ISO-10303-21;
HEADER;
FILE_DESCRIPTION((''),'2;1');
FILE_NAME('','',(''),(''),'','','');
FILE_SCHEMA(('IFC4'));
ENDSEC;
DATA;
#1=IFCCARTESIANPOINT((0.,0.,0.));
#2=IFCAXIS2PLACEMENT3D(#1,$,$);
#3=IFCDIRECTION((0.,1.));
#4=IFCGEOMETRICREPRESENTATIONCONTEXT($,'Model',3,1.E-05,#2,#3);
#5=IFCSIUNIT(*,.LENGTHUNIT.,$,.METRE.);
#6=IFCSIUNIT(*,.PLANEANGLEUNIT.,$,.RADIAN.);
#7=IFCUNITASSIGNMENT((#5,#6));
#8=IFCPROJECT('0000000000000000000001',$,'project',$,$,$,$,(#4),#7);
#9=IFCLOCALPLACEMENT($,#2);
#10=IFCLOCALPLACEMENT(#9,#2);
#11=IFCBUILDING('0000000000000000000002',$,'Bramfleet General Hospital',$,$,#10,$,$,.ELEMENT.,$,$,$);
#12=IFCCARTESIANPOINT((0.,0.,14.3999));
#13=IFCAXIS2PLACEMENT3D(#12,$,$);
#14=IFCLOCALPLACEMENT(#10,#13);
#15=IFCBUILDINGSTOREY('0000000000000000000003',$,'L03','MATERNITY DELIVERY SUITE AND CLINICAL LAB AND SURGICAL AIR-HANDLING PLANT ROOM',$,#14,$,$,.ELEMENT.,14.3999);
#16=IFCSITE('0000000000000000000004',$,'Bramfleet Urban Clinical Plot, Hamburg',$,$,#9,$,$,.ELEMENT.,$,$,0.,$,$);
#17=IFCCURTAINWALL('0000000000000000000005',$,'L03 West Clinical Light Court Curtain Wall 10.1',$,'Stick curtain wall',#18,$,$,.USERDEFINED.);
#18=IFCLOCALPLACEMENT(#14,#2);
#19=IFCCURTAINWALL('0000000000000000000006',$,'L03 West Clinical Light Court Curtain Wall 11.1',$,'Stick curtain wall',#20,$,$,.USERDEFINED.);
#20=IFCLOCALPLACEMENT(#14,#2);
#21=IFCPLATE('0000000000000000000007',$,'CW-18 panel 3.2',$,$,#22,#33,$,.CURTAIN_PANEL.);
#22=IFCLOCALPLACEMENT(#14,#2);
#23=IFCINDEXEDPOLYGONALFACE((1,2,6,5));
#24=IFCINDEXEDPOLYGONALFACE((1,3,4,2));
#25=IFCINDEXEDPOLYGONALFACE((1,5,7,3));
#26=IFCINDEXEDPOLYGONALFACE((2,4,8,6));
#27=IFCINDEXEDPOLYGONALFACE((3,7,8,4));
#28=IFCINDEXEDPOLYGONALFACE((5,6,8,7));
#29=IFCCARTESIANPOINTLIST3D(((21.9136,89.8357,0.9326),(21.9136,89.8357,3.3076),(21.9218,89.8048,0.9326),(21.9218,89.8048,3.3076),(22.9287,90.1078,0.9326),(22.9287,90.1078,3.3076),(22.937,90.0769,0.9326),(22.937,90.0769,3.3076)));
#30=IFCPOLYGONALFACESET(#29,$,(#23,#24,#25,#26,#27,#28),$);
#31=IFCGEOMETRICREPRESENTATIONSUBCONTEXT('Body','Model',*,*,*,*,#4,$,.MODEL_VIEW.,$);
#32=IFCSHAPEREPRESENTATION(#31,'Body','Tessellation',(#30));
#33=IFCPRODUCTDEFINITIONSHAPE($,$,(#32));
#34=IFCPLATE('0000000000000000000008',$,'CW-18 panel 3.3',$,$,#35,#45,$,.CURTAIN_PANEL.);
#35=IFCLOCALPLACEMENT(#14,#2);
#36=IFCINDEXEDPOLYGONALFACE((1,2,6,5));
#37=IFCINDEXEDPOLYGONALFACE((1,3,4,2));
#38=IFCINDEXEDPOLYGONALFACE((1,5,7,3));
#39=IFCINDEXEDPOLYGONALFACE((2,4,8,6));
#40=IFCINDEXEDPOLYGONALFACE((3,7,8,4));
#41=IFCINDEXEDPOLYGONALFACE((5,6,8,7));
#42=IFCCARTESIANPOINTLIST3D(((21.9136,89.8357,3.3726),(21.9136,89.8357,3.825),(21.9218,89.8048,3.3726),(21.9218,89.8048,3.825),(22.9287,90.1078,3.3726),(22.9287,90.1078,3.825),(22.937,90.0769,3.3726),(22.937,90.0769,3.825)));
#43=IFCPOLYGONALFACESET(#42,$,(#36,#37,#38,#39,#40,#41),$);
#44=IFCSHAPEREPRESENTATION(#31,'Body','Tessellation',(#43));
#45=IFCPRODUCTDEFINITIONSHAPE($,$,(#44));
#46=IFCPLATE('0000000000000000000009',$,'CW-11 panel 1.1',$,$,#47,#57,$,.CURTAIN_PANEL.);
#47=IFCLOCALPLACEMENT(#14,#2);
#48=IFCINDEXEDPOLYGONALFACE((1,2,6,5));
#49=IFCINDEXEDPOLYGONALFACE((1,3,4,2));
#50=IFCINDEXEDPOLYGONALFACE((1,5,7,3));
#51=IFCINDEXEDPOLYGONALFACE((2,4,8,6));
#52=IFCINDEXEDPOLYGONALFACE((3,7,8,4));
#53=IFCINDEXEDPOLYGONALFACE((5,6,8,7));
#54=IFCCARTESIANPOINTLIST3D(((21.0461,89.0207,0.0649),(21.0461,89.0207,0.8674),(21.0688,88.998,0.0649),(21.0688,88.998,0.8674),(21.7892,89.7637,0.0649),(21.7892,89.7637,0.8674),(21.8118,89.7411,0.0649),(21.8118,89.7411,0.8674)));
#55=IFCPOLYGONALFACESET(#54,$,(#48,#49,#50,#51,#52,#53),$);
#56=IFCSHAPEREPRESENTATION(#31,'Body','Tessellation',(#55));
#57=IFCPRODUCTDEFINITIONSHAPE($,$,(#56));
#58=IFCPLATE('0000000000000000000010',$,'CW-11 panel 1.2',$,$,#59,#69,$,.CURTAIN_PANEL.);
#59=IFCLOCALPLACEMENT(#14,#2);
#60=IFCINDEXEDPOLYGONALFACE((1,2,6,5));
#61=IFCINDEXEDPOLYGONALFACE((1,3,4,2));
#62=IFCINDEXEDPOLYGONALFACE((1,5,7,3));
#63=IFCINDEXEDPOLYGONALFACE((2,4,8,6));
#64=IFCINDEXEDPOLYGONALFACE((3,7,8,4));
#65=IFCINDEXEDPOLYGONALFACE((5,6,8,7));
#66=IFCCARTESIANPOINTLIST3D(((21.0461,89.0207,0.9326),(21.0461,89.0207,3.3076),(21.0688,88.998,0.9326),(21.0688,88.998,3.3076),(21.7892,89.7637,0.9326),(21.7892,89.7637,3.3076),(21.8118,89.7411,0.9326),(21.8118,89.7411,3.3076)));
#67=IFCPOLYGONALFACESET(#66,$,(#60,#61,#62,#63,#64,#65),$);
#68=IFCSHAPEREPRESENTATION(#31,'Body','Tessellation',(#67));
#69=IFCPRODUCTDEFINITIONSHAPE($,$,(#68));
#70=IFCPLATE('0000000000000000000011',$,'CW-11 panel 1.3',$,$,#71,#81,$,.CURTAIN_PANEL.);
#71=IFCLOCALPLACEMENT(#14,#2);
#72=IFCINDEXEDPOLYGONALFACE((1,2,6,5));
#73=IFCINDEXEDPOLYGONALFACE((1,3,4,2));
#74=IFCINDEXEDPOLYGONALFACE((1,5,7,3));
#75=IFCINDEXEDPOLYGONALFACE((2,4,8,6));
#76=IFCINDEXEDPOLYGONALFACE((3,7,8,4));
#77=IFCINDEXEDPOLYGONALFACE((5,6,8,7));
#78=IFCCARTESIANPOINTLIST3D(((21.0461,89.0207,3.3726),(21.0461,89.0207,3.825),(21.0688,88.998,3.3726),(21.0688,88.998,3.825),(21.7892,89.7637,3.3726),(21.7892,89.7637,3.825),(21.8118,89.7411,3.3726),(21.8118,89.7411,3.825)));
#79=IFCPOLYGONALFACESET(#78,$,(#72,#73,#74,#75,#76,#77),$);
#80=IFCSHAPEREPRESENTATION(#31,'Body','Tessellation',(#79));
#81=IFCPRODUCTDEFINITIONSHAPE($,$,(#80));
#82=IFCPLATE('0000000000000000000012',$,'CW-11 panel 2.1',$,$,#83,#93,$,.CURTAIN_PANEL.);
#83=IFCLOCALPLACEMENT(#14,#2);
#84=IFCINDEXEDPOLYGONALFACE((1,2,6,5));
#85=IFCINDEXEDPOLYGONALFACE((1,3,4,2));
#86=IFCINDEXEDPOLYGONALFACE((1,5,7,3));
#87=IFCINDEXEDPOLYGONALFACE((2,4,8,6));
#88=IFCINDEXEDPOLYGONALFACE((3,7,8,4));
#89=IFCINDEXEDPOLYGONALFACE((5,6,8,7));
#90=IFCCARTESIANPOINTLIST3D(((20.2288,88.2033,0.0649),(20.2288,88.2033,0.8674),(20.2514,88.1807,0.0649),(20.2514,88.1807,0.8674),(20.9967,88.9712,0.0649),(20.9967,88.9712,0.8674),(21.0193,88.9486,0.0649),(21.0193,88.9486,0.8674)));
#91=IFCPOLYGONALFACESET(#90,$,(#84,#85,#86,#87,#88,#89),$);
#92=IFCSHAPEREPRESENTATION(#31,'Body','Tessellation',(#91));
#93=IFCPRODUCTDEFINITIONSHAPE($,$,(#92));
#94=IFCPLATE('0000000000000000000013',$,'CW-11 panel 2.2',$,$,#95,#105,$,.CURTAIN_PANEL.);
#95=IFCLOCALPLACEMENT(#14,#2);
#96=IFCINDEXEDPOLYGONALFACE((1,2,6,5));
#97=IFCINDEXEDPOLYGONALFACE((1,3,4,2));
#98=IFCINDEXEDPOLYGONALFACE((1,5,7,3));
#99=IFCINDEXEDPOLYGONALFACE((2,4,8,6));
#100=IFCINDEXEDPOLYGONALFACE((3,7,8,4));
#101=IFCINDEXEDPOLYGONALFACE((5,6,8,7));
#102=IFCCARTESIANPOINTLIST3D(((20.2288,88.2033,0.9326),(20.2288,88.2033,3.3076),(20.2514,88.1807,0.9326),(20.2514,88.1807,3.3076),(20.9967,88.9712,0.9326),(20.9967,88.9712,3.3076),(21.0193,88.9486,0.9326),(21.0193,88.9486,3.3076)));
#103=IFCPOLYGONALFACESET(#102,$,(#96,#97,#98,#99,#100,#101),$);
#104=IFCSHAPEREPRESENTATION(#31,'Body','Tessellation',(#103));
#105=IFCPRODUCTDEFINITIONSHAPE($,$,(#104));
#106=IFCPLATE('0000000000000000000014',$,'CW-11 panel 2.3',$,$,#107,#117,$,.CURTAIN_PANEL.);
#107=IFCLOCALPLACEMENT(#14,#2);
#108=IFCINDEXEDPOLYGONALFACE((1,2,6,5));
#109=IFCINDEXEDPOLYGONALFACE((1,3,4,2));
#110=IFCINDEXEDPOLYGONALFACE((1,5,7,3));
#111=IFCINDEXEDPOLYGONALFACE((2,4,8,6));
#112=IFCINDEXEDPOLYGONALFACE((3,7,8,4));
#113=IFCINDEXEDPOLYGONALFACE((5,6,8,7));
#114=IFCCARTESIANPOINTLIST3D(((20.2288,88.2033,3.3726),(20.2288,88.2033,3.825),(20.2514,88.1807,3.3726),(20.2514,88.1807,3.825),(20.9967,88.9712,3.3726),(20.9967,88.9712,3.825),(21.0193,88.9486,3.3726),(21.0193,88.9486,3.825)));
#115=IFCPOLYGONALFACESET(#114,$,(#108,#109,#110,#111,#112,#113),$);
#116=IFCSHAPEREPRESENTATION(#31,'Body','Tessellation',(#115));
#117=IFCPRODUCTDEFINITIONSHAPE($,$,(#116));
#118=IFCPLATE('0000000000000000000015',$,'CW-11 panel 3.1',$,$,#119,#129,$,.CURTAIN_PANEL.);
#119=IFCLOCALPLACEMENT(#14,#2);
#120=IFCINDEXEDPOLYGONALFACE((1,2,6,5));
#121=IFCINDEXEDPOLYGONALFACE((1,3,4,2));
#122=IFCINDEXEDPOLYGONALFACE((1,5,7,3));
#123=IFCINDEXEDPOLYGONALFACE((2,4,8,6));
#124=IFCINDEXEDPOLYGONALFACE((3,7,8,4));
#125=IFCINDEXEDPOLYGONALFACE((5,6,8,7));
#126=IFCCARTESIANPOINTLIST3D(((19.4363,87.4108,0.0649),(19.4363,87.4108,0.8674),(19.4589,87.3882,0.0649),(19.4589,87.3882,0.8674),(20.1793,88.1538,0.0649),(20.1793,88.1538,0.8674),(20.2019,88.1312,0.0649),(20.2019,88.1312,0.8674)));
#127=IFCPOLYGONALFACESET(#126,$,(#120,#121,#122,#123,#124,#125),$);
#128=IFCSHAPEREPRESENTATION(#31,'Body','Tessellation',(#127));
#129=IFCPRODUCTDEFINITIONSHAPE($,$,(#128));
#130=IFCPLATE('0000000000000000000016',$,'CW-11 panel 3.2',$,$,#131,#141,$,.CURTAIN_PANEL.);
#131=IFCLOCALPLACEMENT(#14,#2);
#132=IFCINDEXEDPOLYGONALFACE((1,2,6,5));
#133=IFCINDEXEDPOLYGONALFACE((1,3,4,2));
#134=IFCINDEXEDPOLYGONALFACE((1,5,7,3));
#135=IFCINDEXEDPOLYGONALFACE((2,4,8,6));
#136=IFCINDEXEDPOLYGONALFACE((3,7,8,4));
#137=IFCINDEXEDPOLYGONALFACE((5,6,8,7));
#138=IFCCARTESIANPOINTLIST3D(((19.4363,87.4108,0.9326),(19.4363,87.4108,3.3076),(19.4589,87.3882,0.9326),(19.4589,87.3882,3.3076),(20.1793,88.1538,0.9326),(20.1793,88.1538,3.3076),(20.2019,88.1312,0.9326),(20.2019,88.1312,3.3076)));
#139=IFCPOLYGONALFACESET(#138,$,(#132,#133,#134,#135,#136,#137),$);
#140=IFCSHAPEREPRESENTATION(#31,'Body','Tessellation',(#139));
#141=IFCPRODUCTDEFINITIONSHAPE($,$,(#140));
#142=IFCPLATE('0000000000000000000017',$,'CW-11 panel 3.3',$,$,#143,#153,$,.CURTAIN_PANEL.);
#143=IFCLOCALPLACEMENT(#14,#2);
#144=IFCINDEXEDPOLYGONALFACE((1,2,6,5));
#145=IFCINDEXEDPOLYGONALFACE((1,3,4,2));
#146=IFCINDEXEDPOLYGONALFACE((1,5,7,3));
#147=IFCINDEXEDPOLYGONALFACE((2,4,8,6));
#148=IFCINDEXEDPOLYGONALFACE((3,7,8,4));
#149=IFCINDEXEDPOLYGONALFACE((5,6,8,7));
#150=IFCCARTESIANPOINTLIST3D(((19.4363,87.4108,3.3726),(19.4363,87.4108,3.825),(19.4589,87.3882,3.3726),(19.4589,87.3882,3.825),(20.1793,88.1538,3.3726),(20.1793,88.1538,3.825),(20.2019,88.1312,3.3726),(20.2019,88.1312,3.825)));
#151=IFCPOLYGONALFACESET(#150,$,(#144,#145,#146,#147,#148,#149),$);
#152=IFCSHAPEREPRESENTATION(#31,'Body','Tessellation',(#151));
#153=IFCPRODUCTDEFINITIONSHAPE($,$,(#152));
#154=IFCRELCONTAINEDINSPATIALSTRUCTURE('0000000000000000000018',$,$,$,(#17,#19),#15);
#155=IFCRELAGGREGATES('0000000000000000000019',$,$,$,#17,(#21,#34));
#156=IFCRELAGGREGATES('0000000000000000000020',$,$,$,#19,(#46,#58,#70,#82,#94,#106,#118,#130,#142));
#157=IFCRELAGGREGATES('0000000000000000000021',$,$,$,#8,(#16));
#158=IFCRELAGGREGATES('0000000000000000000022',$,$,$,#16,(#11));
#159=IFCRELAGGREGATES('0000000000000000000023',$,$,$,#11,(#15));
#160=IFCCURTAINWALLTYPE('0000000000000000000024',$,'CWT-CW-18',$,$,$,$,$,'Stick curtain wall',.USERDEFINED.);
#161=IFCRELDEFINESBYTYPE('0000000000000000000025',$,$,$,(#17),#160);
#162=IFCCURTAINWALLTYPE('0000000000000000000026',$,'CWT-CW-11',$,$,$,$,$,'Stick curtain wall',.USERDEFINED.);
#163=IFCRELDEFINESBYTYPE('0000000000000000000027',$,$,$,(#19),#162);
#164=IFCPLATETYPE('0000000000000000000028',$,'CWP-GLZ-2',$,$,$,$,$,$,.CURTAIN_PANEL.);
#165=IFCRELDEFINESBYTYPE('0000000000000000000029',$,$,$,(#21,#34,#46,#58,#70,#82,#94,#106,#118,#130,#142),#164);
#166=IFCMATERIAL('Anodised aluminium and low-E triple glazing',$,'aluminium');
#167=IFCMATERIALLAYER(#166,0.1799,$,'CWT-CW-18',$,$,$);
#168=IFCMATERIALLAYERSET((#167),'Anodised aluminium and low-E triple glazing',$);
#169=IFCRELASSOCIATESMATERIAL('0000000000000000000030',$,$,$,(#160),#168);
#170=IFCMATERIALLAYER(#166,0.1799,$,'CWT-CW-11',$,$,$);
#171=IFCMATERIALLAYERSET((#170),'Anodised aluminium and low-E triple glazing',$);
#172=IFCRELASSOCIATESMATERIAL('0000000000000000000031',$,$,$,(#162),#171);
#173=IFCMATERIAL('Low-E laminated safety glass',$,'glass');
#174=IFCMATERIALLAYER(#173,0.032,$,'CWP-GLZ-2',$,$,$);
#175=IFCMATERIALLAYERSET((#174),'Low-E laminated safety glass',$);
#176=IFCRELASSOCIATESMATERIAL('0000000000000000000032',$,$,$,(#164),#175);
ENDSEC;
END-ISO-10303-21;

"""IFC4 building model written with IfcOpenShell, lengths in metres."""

from ifc_helpers import new_model, si_unit, direction, frame, origin, origin_2d, place, context, subcontext, project, spatial, rectangle, extrude, material, layer, layer_set, type_object, element, aggregate, save


model = new_model("IFC4")

# Units and contexts
model_context = context("Model", 3, precision=1e-05, world=origin(), true_north=direction((0.0, 1.0)))
body_context = subcontext(model_context, "Body", "Model", "MODEL_VIEW")
ifc_project = project(units=[si_unit("LENGTHUNIT", "METRE"), si_unit("PLANEANGLEUNIT", "RADIAN")], contexts=[model_context])

# Site, building, storey
site_placement = place(None, origin())
site = spatial("IfcSite", under=ifc_project, at=site_placement, Name="Bramfleet Urban Clinical Plot, Hamburg", CompositionType="ELEMENT", RefElevation=0.0)
building_placement = place(site_placement, origin())
building = spatial("IfcBuilding", under=site, at=building_placement, Name="Bramfleet General Hospital", CompositionType="ELEMENT")
storey_placement = place(building_placement, frame((0.0, 0.0, 14.3999)))
storey = spatial("IfcBuildingStorey", under=building, at=storey_placement, Name="L03", Description="MATERNITY DELIVERY SUITE AND CLINICAL LAB AND SURGICAL AIR-HANDLING PLANT ROOM", CompositionType="ELEMENT", Elevation=14.3999)

# Curtain wall
ifc_material_1 = material(Name="Anodised aluminium and low-E triple glazing", Category="aluminium")
ifc_layer_1 = layer(ifc_material_1, 0.1799, Name="CWT-CW-18")
ifc_layer_set_1 = layer_set([ifc_layer_1], Name="Anodised aluminium and low-E triple glazing")
curtain_wall_type_1 = type_object("IfcCurtainWallType", Name="CWT-CW-18", ElementType="Stick curtain wall", PredefinedType="USERDEFINED", material=ifc_layer_set_1)
curtain_wall_1_placement = place(storey_placement, origin())
curtain_wall_1 = element("IfcCurtainWall", 1, at=curtain_wall_1_placement, inside=storey, type_object=curtain_wall_type_1, Name="L03 West Clinical Light Court Curtain Wall 10.1", ObjectType="Stick curtain wall", PredefinedType="USERDEFINED")

# Curtain wall
ifc_layer_2 = layer(ifc_material_1, 0.1799, Name="CWT-CW-11")
ifc_layer_set_2 = layer_set([ifc_layer_2], Name="Anodised aluminium and low-E triple glazing")
curtain_wall_type_2 = type_object("IfcCurtainWallType", Name="CWT-CW-11", ElementType="Stick curtain wall", PredefinedType="USERDEFINED", material=ifc_layer_set_2)
curtain_wall_2_placement = place(storey_placement, origin())
curtain_wall_2 = element("IfcCurtainWall", 2, at=curtain_wall_2_placement, inside=storey, type_object=curtain_wall_type_2, Name="L03 West Clinical Light Court Curtain Wall 11.1", ObjectType="Stick curtain wall", PredefinedType="USERDEFINED")

# Plates
ifc_material_2 = material(Name="Low-E laminated safety glass", Category="glass")
ifc_layer_3 = layer(ifc_material_2, 0.032, Name="CWP-GLZ-2")
ifc_layer_set_3 = layer_set([ifc_layer_3], Name="Low-E laminated safety glass")
plate_type = type_object("IfcPlateType", Name="CWP-GLZ-2", PredefinedType="CURTAIN_PANEL", material=ifc_layer_set_3)
plate_1_placement = place(storey_placement, frame((22.4253, 89.9563, 0.9326), z_axis=(0.0, 0.0, 1.0), x_axis=(-0.965899, -0.258919, 0.0)))
plate_1 = element("IfcPlate", 3, at=plate_1_placement, type_object=plate_type, Name="CW-18 panel 3.2", PredefinedType="CURTAIN_PANEL", context=body_context, shape_type="SweptSolid", body=[
    extrude(rectangle(XDim=1.051, YDim=0.032, at=origin_2d()), origin(), (0.0, 0.0, 1.0), 2.375),
])
plate_2_placement = place(storey_placement, frame((22.4253, 89.9563, 3.3726), z_axis=(0.0, 0.0, 1.0), x_axis=(-0.965899, -0.258919, 0.0)))
plate_2 = element("IfcPlate", 4, at=plate_2_placement, type_object=plate_type, Name="CW-18 panel 3.3", PredefinedType="CURTAIN_PANEL", context=body_context, shape_type="SweptSolid", body=[
    extrude(rectangle(XDim=1.051, YDim=0.032, at=origin_2d()), origin(), (0.0, 0.0, 1.0), 0.4524),
])
aggregate(curtain_wall_1, [plate_1, plate_2])
plate_3_placement = place(storey_placement, frame((21.429, 89.3809, 0.0649), z_axis=(0.0, 0.0, 1.0), x_axis=(-0.707107, -0.707107, 0.0)))
plate_3 = element("IfcPlate", 5, at=plate_3_placement, type_object=plate_type, Name="CW-11 panel 1.1", PredefinedType="CURTAIN_PANEL", context=body_context, shape_type="SweptSolid", body=[
    extrude(rectangle(XDim=1.0508, YDim=0.032, at=origin_2d()), origin(), (0.0, 0.0, 1.0), 0.8025),
])
plate_4_placement = place(storey_placement, frame((21.429, 89.3809, 0.9326), z_axis=(0.0, 0.0, 1.0), x_axis=(-0.707107, -0.707107, 0.0)))
plate_4 = element("IfcPlate", 6, at=plate_4_placement, type_object=plate_type, Name="CW-11 panel 1.2", PredefinedType="CURTAIN_PANEL", context=body_context, shape_type="SweptSolid", body=[
    extrude(rectangle(XDim=1.0508, YDim=0.032, at=origin_2d()), origin(), (0.0, 0.0, 1.0), 2.375),
])
plate_5_placement = place(storey_placement, frame((21.429, 89.3809, 3.3726), z_axis=(0.0, 0.0, 1.0), x_axis=(-0.707107, -0.707107, 0.0)))
plate_5 = element("IfcPlate", 7, at=plate_5_placement, type_object=plate_type, Name="CW-11 panel 1.3", PredefinedType="CURTAIN_PANEL", context=body_context, shape_type="SweptSolid", body=[
    extrude(rectangle(XDim=1.0508, YDim=0.032, at=origin_2d()), origin(), (0.0, 0.0, 1.0), 0.4524),
])
plate_6_placement = place(storey_placement, frame((20.624, 88.5759, 0.0649), z_axis=(0.0, 0.0, 1.0), x_axis=(-0.707107, -0.707107, 0.0)))
plate_6 = element("IfcPlate", 8, at=plate_6_placement, type_object=plate_type, Name="CW-11 panel 2.1", PredefinedType="CURTAIN_PANEL", context=body_context, shape_type="SweptSolid", body=[
    extrude(rectangle(XDim=1.0859, YDim=0.032, at=origin_2d()), origin(), (0.0, 0.0, 1.0), 0.8025),
])
plate_7_placement = place(storey_placement, frame((20.624, 88.5759, 0.9326), z_axis=(0.0, 0.0, 1.0), x_axis=(-0.707107, -0.707107, 0.0)))
plate_7 = element("IfcPlate", 9, at=plate_7_placement, type_object=plate_type, Name="CW-11 panel 2.2", PredefinedType="CURTAIN_PANEL", context=body_context, shape_type="SweptSolid", body=[
    extrude(rectangle(XDim=1.0859, YDim=0.032, at=origin_2d()), origin(), (0.0, 0.0, 1.0), 2.375),
])
plate_8_placement = place(storey_placement, frame((20.624, 88.5759, 3.3726), z_axis=(0.0, 0.0, 1.0), x_axis=(-0.707107, -0.707107, 0.0)))
plate_8 = element("IfcPlate", 10, at=plate_8_placement, type_object=plate_type, Name="CW-11 panel 2.3", PredefinedType="CURTAIN_PANEL", context=body_context, shape_type="SweptSolid", body=[
    extrude(rectangle(XDim=1.0859, YDim=0.032, at=origin_2d()), origin(), (0.0, 0.0, 1.0), 0.4524),
])
plate_9_placement = place(storey_placement, frame((19.8191, 87.771, 0.0649), z_axis=(0.0, 0.0, 1.0), x_axis=(-0.707107, -0.707107, 0.0)))
plate_9 = element("IfcPlate", 11, at=plate_9_placement, type_object=plate_type, Name="CW-11 panel 3.1", PredefinedType="CURTAIN_PANEL", context=body_context, shape_type="SweptSolid", body=[
    extrude(rectangle(XDim=1.0508, YDim=0.032, at=origin_2d()), origin(), (0.0, 0.0, 1.0), 0.8025),
])
plate_10_placement = place(storey_placement, frame((19.8191, 87.771, 0.9326), z_axis=(0.0, 0.0, 1.0), x_axis=(-0.707107, -0.707107, 0.0)))
plate_10 = element("IfcPlate", 12, at=plate_10_placement, type_object=plate_type, Name="CW-11 panel 3.2", PredefinedType="CURTAIN_PANEL", context=body_context, shape_type="SweptSolid", body=[
    extrude(rectangle(XDim=1.0508, YDim=0.032, at=origin_2d()), origin(), (0.0, 0.0, 1.0), 2.375),
])
plate_11_placement = place(storey_placement, frame((19.8191, 87.771, 3.3726), z_axis=(0.0, 0.0, 1.0), x_axis=(-0.707107, -0.707107, 0.0)))
plate_11 = element("IfcPlate", 13, at=plate_11_placement, type_object=plate_type, Name="CW-11 panel 3.3", PredefinedType="CURTAIN_PANEL", context=body_context, shape_type="SweptSolid", body=[
    extrude(rectangle(XDim=1.0508, YDim=0.032, at=origin_2d()), origin(), (0.0, 0.0, 1.0), 0.4524),
])
aggregate(curtain_wall_2, [plate_3, plate_4, plate_5, plate_6, plate_7, plate_8, plate_9, plate_10, plate_11])

save(model, "model.ifc")
